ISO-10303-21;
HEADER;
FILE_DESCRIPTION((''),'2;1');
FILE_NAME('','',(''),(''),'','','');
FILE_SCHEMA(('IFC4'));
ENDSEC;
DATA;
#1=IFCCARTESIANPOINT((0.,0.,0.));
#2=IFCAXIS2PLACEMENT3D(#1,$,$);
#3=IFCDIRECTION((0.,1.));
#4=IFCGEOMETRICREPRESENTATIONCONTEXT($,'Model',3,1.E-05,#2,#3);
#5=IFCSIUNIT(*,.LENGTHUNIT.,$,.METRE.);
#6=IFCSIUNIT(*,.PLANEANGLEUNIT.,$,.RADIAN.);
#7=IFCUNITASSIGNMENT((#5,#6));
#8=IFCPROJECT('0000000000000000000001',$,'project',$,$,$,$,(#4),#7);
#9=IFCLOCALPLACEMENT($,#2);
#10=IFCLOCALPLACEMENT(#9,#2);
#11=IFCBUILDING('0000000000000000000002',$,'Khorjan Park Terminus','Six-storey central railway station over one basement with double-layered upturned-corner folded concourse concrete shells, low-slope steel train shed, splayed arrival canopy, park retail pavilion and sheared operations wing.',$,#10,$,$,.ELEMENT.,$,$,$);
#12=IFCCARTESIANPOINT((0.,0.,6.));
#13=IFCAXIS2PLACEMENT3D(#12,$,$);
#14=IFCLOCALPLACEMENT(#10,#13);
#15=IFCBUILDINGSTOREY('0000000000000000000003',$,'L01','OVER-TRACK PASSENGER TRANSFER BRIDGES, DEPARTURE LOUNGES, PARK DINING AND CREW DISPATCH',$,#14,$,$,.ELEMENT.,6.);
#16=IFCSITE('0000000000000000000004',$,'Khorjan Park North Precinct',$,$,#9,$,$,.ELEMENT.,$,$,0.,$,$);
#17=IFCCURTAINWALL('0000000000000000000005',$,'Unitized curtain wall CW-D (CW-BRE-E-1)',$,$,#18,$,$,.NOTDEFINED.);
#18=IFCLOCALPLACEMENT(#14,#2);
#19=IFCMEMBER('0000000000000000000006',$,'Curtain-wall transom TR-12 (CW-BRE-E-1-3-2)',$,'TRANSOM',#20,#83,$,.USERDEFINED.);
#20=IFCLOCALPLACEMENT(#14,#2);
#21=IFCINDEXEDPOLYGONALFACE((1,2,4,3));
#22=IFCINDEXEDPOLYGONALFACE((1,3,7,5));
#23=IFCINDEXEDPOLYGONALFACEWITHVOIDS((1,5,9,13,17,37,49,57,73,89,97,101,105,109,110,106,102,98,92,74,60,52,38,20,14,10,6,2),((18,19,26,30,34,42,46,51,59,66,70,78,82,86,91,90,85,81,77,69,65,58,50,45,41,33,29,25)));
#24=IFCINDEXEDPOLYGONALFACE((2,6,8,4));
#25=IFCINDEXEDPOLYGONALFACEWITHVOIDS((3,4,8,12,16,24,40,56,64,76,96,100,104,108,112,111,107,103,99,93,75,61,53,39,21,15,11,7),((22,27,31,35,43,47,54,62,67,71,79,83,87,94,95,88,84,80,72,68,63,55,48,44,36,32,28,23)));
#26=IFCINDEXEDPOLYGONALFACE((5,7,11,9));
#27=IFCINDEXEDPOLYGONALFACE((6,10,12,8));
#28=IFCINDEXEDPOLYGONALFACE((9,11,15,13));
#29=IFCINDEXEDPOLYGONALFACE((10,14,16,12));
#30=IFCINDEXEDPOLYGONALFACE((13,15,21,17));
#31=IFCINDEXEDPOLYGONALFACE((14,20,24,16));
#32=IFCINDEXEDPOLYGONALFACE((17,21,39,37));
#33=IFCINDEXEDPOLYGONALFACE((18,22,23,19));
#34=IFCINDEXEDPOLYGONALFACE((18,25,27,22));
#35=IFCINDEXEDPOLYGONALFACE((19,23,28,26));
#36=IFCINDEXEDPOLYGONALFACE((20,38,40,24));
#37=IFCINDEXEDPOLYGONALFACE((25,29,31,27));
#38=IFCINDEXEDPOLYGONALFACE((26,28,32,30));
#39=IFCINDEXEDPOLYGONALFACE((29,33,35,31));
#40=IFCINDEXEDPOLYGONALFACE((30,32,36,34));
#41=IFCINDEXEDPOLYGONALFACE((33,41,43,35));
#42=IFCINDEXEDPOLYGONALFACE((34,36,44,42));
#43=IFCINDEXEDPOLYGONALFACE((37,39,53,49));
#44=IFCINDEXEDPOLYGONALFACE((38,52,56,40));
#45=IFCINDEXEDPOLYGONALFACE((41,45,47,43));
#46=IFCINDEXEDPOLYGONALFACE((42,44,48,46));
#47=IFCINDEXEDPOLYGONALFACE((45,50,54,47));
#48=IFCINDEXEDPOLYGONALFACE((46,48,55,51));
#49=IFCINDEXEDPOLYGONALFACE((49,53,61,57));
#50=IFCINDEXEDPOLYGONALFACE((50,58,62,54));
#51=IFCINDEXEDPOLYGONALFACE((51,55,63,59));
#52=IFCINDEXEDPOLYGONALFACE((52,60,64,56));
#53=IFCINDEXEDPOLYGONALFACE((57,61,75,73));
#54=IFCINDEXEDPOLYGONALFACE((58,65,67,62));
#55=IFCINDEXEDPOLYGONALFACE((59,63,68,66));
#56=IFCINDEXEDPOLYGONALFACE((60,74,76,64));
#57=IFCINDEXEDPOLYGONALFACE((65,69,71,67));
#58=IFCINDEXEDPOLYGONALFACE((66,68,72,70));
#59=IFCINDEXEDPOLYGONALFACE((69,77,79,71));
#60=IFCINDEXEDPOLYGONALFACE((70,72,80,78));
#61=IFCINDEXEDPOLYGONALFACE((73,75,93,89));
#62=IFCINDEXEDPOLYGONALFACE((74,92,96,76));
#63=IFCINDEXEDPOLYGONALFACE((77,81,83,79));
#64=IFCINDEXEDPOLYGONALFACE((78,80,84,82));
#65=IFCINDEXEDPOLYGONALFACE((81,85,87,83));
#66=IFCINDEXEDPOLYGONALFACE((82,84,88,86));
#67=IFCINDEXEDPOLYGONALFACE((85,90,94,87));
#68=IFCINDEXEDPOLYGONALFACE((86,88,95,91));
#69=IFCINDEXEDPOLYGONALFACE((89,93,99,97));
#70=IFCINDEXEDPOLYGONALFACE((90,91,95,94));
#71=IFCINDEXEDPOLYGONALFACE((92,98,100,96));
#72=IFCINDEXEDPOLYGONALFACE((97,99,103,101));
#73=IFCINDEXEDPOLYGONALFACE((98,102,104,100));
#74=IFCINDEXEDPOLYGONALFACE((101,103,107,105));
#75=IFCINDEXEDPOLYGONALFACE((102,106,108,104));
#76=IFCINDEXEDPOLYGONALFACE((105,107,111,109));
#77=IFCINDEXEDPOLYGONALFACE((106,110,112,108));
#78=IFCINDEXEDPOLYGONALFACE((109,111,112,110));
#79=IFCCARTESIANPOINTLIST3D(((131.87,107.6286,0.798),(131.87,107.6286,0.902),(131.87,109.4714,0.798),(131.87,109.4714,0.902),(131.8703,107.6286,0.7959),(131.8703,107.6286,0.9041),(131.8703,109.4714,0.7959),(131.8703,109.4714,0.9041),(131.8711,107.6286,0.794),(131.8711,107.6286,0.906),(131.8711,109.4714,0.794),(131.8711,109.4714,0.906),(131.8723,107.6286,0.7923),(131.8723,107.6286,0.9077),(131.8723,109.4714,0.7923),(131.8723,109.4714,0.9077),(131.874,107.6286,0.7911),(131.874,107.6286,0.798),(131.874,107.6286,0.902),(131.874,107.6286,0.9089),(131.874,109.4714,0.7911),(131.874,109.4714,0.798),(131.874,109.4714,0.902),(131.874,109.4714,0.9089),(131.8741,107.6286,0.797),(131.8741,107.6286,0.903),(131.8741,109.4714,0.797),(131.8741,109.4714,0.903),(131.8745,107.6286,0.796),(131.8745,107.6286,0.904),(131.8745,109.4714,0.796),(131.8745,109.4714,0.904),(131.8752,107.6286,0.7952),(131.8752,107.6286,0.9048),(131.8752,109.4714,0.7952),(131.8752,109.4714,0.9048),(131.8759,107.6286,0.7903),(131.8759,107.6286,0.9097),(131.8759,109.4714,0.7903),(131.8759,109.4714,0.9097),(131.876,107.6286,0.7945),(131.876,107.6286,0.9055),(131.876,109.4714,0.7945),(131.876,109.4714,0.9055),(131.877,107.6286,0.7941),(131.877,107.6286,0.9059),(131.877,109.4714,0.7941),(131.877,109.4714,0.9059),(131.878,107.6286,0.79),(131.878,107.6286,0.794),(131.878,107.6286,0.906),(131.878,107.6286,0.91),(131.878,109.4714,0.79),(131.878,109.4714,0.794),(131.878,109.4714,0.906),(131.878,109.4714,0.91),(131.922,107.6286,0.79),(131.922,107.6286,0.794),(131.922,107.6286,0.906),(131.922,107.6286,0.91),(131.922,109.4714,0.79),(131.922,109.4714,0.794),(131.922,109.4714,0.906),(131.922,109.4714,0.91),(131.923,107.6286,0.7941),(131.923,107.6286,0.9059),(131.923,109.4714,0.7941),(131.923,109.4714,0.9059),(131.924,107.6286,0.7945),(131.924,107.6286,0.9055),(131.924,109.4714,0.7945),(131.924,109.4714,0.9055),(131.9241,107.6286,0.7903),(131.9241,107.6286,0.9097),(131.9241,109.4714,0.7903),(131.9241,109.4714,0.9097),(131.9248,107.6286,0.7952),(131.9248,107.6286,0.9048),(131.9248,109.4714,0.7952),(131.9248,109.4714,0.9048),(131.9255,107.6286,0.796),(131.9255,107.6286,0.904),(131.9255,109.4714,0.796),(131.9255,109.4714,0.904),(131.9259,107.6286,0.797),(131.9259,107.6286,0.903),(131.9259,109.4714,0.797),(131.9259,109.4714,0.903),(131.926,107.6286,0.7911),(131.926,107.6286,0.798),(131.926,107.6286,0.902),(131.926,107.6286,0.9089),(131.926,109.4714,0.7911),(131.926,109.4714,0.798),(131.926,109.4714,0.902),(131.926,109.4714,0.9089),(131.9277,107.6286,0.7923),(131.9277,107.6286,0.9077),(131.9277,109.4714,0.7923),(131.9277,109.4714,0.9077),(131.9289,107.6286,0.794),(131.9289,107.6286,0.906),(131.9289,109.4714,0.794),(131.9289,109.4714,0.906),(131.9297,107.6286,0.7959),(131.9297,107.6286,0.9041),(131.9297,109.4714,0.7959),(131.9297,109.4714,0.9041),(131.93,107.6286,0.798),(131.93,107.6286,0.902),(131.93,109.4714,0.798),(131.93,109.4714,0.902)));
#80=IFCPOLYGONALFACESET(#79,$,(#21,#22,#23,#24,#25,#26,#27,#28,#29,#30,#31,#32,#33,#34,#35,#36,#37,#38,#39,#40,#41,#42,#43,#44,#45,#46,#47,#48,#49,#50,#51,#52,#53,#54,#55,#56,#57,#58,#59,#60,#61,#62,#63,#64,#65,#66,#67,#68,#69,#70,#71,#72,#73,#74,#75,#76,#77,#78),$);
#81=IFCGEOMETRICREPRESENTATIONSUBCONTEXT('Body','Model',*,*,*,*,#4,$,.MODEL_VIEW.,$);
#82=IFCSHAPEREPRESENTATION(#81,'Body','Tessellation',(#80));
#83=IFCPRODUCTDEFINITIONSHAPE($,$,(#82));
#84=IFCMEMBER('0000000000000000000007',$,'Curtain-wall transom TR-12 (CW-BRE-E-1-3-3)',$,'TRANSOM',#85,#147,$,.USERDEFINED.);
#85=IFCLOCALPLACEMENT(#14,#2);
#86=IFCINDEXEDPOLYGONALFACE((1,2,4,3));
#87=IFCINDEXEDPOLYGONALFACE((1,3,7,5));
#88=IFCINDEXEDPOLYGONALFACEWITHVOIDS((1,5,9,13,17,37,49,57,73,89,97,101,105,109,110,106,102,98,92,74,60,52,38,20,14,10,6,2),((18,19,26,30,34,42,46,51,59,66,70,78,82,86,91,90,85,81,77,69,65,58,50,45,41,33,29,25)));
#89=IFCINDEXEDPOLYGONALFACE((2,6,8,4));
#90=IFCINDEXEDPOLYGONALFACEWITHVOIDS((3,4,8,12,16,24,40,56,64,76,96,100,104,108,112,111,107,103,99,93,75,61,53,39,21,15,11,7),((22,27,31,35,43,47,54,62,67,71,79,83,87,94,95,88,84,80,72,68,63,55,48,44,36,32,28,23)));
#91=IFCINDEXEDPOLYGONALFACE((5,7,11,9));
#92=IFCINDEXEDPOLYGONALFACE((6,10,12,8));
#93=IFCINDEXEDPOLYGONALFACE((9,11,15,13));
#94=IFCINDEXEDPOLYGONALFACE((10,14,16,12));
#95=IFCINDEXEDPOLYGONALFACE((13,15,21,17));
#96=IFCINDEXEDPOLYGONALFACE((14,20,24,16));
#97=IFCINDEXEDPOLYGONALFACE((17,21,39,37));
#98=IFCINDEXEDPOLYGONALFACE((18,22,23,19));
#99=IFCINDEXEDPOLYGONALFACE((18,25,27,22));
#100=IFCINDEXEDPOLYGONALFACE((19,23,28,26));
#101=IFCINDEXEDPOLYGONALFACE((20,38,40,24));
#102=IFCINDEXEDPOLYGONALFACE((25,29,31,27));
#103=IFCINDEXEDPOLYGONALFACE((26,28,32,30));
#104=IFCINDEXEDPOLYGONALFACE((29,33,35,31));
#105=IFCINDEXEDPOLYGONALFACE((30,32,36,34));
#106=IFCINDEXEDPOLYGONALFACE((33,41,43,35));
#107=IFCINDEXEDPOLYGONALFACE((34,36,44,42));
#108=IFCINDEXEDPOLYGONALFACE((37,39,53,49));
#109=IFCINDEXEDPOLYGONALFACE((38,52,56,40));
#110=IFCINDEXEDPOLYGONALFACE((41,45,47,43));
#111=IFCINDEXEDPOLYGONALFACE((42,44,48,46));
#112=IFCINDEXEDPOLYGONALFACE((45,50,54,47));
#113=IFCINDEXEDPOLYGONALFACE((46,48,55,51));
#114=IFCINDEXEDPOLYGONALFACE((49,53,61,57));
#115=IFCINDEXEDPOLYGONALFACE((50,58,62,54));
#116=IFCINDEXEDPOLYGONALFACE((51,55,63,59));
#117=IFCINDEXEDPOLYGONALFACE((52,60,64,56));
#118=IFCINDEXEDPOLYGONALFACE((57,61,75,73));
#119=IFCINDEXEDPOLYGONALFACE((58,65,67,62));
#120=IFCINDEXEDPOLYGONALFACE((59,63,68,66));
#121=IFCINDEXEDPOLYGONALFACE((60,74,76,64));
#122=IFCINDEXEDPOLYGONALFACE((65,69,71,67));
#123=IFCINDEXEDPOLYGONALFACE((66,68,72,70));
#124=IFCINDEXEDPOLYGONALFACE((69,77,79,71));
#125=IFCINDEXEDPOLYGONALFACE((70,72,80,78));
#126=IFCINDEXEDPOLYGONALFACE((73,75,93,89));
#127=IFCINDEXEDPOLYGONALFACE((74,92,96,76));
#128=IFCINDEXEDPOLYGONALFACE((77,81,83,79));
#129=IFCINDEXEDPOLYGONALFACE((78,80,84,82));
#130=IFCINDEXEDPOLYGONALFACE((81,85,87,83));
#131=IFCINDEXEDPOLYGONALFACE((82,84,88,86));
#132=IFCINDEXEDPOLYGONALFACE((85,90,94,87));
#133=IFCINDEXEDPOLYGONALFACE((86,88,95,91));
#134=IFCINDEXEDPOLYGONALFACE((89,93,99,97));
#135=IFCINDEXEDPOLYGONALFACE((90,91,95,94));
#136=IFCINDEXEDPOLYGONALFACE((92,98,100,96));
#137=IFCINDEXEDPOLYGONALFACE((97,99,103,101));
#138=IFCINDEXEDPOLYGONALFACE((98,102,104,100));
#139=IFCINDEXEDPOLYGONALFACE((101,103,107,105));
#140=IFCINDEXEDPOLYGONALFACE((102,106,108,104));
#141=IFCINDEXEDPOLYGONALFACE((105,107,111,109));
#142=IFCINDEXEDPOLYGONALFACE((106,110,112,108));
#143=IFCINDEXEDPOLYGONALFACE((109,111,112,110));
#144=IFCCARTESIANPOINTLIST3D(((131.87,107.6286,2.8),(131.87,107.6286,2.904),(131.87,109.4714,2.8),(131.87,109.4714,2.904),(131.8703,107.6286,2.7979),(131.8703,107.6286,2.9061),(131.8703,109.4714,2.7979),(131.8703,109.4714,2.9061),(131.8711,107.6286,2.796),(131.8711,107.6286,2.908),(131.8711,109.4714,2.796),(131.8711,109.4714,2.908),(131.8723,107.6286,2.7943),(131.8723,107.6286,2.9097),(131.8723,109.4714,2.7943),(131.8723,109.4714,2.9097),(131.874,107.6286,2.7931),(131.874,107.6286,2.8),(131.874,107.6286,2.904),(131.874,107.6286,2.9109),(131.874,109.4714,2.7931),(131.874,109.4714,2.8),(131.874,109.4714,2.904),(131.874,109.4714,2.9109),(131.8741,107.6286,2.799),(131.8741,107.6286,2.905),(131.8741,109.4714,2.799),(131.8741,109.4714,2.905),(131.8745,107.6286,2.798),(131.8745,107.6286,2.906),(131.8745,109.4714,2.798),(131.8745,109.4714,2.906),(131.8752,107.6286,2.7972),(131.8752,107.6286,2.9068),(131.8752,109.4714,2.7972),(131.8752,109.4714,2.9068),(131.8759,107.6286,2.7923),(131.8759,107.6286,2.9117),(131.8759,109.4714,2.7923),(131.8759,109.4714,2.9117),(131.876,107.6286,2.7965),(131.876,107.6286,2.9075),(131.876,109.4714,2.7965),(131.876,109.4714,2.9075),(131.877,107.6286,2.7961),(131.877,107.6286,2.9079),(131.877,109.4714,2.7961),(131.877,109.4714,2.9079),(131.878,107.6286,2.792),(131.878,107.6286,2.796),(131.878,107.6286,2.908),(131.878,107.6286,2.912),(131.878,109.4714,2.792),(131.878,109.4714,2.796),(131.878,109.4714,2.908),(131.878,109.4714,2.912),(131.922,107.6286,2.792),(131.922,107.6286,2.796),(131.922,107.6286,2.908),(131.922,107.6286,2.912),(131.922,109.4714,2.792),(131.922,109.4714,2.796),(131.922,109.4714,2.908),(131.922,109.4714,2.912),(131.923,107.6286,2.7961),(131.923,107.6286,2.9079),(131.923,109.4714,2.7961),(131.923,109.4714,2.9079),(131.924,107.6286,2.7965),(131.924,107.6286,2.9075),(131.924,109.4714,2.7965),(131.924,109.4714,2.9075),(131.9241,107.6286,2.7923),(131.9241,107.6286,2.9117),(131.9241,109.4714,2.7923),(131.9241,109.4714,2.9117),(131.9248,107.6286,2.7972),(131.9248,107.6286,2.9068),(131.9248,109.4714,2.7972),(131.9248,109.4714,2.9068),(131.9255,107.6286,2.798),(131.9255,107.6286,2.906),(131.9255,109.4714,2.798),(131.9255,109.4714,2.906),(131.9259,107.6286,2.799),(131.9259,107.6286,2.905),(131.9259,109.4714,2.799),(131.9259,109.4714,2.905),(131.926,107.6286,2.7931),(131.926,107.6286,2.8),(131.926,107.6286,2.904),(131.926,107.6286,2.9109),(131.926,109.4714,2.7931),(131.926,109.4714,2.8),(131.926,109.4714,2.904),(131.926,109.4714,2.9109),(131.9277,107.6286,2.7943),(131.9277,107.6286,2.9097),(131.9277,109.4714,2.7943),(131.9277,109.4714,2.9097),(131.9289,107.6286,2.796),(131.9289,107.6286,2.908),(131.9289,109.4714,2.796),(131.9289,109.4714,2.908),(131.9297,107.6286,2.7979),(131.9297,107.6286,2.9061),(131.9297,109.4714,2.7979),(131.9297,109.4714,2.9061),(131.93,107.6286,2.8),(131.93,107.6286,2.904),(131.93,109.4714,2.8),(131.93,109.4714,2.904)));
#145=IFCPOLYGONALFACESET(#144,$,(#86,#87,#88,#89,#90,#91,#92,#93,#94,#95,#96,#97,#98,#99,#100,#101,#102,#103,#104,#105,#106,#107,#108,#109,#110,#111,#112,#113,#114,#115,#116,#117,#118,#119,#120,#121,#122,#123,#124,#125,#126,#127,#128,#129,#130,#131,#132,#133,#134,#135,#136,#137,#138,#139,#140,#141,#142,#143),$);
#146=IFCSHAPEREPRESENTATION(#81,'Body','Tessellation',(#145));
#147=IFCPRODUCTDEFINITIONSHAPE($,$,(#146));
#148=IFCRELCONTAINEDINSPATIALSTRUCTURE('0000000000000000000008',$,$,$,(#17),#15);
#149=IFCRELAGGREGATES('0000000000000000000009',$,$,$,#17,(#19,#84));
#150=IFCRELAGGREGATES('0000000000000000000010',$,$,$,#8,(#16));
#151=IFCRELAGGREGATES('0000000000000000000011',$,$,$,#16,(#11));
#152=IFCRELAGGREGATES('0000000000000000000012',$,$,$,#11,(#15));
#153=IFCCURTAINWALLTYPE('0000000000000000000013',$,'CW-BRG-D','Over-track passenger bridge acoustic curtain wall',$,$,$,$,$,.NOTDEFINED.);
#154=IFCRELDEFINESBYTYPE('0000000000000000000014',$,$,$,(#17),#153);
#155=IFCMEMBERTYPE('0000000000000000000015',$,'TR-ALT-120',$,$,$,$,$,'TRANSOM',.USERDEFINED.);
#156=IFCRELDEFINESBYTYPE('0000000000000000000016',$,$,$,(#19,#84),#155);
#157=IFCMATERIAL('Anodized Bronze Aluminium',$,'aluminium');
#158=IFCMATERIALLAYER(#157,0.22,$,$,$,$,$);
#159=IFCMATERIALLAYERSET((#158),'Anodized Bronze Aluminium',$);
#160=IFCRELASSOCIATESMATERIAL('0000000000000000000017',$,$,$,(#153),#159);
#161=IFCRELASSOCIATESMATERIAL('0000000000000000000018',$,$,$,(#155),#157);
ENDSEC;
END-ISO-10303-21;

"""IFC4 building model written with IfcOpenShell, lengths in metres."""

from ifc_helpers import new_model, si_unit, direction, frame, origin, origin_2d, place, context, subcontext, project, spatial, hollow_rectangle, extrude, material, layer, layer_set, material_profile, profile_set, type_object, element, aggregate, save


model = new_model("IFC4")

# Units and contexts
model_context = context("Model", 3, precision=1e-05, world=origin(), true_north=direction((0.0, 1.0)))
body_context = subcontext(model_context, "Body", "Model", "MODEL_VIEW")
ifc_project = project(units=[si_unit("LENGTHUNIT", "METRE"), si_unit("PLANEANGLEUNIT", "RADIAN")], contexts=[model_context])

# Site, building, storey
site_placement = place(None, origin())
site = spatial("IfcSite", under=ifc_project, at=site_placement, Name="Khorjan Park North Precinct", CompositionType="ELEMENT", RefElevation=0.0)
building_placement = place(site_placement, origin())
building = spatial("IfcBuilding", under=site, at=building_placement, Name="Khorjan Park Terminus", Description="Six-storey central railway station over one basement with double-layered upturned-corner folded concourse concrete shells, low-slope steel train shed, splayed arrival canopy, park retail pavilion and sheared operations wing.", CompositionType="ELEMENT")
storey_placement = place(building_placement, frame((0.0, 0.0, 6.0)))
storey = spatial("IfcBuildingStorey", under=building, at=storey_placement, Name="L01", Description="OVER-TRACK PASSENGER TRANSFER BRIDGES, DEPARTURE LOUNGES, PARK DINING AND CREW DISPATCH", CompositionType="ELEMENT", Elevation=6.0)

# Curtain wall, members
ifc_material_1 = material(Name="Anodized Bronze Aluminium", Category="aluminium")
ifc_layer_1 = layer(ifc_material_1, 0.22)
ifc_layer_set_1 = layer_set([ifc_layer_1], Name="Anodized Bronze Aluminium")
curtain_wall_type = type_object("IfcCurtainWallType", Name="CW-BRG-D", Description="Over-track passenger bridge acoustic curtain wall", PredefinedType="NOTDEFINED", material=ifc_layer_set_1)
curtain_wall_1_placement = place(storey_placement, origin())
curtain_wall_1 = element("IfcCurtainWall", 1, at=curtain_wall_1_placement, inside=storey, type_object=curtain_wall_type, Name="Unitized curtain wall CW-D (CW-BRE-E-1)", PredefinedType="NOTDEFINED")
ifc_material_profile_1 = material_profile(ifc_material_1, hollow_rectangle(XDim=0.06, YDim=0.12, WallThickness=0.004, InnerFilletRadius=0.004, OuterFilletRadius=0.008, at=origin_2d()), Name="ALT 60x120x4")
ifc_profile_set_1 = profile_set([ifc_material_profile_1], Name="Anodized Bronze Aluminium")
member_type_1 = type_object("IfcMemberType", Name="TR-ALT-120", ElementType="TRANSOM", PredefinedType="USERDEFINED", material=ifc_profile_set_1)
member_1_placement = place(storey_placement, frame((131.9, 107.6286, 0.85), z_axis=(0.0, 1.0, 0.0), x_axis=(-1.0, 0.0, 0.0)))
member_1 = element("IfcMember", 2, at=member_1_placement, type_object=member_type_1, Name="Curtain-wall transom TR-12 (CW-BRE-E-1-3-2)", ObjectType="TRANSOM", PredefinedType="USERDEFINED", context=body_context, shape_type="SweptSolid", body=[
    extrude(hollow_rectangle(XDim=0.06, YDim=0.12, WallThickness=0.004, InnerFilletRadius=0.004, OuterFilletRadius=0.008, at=origin_2d()), origin(), (0.0, 0.0, 1.0), 1.8428),
])
member_2_placement = place(storey_placement, frame((131.9, 107.6286, 2.852), z_axis=(0.0, 1.0, 0.0), x_axis=(-1.0, 0.0, 0.0)))
member_2 = element("IfcMember", 3, at=member_2_placement, type_object=member_type_1, Name="Curtain-wall transom TR-12 (CW-BRE-E-1-3-3)", ObjectType="TRANSOM", PredefinedType="USERDEFINED", context=body_context, shape_type="SweptSolid", body=[
    extrude(hollow_rectangle(XDim=0.06, YDim=0.12, WallThickness=0.004, InnerFilletRadius=0.004, OuterFilletRadius=0.008, at=origin_2d()), origin(), (0.0, 0.0, 1.0), 1.8428),
])

aggregate(curtain_wall_1, [member_1, member_2])

save(model, "model.ifc")
